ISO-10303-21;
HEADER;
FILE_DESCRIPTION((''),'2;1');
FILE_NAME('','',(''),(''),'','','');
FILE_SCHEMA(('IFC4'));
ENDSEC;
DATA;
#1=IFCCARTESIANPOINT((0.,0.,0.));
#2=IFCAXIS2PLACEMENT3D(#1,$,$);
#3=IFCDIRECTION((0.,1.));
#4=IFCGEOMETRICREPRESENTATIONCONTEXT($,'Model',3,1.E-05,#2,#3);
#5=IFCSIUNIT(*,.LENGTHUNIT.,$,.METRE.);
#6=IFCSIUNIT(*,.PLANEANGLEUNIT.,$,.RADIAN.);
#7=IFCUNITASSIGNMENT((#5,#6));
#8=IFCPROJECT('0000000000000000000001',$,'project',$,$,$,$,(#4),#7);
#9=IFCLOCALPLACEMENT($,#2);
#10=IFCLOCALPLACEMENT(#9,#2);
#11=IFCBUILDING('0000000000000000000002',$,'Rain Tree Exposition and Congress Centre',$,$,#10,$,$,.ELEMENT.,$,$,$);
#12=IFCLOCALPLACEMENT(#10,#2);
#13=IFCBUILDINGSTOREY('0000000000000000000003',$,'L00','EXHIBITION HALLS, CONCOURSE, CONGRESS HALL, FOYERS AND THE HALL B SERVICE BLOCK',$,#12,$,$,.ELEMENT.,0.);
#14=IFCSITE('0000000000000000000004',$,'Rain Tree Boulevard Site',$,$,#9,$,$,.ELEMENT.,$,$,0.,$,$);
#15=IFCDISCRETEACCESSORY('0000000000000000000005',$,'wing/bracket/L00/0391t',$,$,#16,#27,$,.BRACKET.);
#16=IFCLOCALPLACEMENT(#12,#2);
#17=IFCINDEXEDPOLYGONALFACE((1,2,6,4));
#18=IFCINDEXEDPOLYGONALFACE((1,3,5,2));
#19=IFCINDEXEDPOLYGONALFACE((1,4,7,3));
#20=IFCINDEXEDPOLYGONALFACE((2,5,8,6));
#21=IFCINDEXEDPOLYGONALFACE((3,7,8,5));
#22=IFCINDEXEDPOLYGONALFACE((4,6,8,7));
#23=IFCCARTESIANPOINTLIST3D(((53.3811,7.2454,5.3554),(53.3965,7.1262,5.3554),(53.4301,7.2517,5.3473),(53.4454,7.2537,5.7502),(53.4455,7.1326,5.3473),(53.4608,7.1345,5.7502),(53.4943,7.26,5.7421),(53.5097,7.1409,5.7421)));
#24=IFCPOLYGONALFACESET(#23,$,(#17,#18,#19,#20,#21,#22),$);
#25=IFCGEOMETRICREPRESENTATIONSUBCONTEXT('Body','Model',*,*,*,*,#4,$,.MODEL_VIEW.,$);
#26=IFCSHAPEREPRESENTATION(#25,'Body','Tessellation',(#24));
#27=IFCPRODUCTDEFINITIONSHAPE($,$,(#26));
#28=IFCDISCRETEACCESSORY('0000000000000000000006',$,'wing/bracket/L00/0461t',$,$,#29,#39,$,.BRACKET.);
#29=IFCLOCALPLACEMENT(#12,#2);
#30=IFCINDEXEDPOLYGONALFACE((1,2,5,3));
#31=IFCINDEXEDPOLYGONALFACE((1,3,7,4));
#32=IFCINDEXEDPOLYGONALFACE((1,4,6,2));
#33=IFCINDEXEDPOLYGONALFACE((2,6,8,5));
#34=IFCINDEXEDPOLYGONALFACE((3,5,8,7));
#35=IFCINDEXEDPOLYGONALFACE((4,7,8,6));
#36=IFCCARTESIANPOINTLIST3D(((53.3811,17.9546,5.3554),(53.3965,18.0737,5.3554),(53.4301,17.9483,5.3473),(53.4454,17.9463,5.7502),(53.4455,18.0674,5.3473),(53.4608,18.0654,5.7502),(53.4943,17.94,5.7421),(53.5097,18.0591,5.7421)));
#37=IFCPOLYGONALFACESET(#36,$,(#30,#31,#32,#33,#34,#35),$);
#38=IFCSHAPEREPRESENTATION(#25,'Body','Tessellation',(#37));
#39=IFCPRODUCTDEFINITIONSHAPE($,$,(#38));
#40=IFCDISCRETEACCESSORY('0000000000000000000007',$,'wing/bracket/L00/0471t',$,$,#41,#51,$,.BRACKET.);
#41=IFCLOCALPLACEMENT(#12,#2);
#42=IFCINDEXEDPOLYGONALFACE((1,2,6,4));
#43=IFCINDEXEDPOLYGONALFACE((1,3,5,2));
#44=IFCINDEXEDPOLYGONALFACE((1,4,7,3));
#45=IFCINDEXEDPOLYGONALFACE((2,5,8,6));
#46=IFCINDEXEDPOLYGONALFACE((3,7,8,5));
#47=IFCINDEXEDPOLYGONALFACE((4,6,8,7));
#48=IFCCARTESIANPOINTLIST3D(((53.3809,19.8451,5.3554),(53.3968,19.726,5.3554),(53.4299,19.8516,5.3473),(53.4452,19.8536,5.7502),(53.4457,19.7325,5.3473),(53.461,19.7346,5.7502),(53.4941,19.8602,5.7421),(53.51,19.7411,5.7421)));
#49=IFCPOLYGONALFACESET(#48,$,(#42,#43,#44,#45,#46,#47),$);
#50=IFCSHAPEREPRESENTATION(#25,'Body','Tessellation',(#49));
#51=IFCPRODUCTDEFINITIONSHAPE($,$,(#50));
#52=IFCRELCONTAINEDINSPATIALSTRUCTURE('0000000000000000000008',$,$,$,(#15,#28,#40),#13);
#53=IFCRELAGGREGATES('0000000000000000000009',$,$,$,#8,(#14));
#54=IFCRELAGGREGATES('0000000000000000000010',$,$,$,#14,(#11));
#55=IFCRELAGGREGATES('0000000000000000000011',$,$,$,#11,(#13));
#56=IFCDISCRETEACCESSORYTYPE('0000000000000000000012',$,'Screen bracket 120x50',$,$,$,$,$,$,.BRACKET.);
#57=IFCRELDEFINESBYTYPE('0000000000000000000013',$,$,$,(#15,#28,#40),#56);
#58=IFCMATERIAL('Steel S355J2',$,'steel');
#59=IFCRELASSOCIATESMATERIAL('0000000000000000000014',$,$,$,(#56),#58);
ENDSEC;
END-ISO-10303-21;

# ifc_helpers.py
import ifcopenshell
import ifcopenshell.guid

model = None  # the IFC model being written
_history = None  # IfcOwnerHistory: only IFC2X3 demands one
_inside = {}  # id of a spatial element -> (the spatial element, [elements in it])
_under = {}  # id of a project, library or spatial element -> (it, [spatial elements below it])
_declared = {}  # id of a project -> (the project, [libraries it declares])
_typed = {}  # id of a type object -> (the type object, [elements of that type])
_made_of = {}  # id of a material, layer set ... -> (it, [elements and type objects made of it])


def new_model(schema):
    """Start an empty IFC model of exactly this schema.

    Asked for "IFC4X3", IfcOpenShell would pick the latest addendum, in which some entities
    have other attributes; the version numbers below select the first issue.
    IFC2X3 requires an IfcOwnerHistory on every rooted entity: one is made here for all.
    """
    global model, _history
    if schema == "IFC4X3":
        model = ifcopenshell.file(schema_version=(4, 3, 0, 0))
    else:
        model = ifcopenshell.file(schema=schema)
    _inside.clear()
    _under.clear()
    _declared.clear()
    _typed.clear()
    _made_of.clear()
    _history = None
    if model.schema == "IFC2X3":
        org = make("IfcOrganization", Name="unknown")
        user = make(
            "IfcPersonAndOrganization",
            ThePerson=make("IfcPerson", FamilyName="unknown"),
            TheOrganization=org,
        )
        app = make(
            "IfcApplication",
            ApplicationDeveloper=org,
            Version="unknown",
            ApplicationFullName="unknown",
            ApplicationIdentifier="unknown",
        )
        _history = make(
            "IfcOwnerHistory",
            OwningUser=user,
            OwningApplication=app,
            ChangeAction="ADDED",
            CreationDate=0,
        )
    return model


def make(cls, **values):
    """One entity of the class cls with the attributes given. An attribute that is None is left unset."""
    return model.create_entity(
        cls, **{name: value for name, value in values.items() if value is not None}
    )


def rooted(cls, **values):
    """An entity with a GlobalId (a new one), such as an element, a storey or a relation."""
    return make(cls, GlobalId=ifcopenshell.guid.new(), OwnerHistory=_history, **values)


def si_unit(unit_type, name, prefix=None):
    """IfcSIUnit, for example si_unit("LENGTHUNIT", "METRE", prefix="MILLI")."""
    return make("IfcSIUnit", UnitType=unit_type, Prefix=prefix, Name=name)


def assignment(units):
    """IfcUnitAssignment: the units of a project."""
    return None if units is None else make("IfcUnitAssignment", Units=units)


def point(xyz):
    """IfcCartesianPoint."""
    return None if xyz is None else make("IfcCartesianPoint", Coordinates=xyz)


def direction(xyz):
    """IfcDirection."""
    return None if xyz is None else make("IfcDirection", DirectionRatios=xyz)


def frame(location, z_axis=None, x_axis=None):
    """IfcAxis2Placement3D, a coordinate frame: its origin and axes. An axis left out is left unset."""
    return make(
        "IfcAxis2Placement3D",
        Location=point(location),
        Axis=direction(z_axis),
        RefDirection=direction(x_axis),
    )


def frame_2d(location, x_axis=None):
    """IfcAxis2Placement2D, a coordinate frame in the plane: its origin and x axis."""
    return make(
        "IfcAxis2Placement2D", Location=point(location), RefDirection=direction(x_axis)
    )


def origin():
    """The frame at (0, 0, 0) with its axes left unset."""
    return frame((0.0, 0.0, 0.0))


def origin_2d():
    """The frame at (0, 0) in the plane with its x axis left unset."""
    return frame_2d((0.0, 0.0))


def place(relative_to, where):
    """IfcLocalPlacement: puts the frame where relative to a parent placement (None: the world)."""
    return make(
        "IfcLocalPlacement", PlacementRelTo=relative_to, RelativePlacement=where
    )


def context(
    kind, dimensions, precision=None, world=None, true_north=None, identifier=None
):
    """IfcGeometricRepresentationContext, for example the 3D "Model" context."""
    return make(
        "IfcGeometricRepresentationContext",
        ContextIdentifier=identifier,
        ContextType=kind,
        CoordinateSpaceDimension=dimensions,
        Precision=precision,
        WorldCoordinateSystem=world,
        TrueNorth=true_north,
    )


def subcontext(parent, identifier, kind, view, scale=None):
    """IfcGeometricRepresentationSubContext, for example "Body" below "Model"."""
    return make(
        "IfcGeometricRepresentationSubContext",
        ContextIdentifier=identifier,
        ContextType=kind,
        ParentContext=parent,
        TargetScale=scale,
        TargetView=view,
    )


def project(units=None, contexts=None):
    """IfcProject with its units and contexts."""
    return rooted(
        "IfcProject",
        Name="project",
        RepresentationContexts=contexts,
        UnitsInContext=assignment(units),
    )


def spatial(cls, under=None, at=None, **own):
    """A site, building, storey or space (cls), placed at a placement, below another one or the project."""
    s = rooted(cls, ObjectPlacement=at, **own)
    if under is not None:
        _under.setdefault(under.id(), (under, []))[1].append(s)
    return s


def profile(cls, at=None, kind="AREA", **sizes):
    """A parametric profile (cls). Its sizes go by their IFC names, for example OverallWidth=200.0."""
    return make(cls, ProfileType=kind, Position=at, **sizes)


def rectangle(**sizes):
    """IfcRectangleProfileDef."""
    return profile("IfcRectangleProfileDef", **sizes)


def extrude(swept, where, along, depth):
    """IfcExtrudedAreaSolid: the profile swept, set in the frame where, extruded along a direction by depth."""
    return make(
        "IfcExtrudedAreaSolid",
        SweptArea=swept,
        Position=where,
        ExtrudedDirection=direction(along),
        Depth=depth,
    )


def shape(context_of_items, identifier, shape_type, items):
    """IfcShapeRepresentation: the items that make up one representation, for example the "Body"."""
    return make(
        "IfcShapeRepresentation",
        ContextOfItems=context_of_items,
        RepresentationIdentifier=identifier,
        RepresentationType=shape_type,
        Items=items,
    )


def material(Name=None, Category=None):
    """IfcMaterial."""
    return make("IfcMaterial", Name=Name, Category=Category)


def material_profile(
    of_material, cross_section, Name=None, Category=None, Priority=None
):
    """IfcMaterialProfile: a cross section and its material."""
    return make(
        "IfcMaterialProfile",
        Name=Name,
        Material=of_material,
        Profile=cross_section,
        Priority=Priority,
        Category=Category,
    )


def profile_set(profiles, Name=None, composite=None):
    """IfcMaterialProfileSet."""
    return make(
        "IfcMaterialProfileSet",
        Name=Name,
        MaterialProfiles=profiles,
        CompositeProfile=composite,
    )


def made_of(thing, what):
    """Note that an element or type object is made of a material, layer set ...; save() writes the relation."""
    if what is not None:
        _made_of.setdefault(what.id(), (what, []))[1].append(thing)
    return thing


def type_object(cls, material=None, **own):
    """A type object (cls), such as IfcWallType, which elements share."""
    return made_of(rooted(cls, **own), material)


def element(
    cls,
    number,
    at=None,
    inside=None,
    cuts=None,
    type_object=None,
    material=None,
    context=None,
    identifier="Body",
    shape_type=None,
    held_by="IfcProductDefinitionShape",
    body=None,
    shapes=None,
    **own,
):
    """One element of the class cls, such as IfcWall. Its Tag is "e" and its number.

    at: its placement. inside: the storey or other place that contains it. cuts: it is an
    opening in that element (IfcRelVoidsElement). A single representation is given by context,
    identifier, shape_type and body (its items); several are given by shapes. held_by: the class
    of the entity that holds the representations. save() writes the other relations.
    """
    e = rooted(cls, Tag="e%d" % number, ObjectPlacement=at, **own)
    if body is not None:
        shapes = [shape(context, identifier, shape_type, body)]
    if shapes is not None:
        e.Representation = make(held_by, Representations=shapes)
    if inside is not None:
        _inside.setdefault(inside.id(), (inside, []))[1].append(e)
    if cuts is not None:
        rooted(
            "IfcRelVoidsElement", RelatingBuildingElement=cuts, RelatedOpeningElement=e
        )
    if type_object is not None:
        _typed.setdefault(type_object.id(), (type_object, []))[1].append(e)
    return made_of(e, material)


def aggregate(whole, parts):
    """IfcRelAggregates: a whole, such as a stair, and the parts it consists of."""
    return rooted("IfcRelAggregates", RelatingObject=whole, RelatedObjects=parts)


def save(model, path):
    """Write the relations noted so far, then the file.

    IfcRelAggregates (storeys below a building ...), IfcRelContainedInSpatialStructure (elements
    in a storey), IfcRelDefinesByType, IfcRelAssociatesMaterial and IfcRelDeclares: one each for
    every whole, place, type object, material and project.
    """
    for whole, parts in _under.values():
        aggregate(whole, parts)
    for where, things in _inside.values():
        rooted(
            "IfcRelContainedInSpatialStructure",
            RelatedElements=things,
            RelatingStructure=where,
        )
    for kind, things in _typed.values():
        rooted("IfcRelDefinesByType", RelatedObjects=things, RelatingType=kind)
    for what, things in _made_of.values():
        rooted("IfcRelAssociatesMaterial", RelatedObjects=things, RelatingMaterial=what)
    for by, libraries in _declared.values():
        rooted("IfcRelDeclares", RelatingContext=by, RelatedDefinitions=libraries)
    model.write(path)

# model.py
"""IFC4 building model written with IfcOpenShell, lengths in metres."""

from ifc_helpers import new_model, si_unit, direction, frame, origin, origin_2d, place, context, subcontext, project, spatial, rectangle, extrude, material, material_profile, profile_set, type_object, element, save


model = new_model("IFC4")

# Units and contexts
model_context = context("Model", 3, precision=1e-05, world=origin(), true_north=direction((0.0, 1.0)))
body_context = subcontext(model_context, "Body", "Model", "MODEL_VIEW")
ifc_project = project(units=[si_unit("LENGTHUNIT", "METRE"), si_unit("PLANEANGLEUNIT", "RADIAN")], contexts=[model_context])

# Site, building, storey
site_placement = place(None, origin())
site = spatial("IfcSite", under=ifc_project, at=site_placement, Name="Rain Tree Boulevard Site", CompositionType="ELEMENT", RefElevation=0.0)
building_placement = place(site_placement, origin())
building = spatial("IfcBuilding", under=site, at=building_placement, Name="Rain Tree Exposition and Congress Centre", CompositionType="ELEMENT")
storey_placement = place(building_placement, origin())
storey = spatial("IfcBuildingStorey", under=building, at=storey_placement, Name="L00", Description="EXHIBITION HALLS, CONCOURSE, CONGRESS HALL, FOYERS AND THE HALL B SERVICE BLOCK", CompositionType="ELEMENT", Elevation=0.0)

# Discrete accessories
ifc_material_1 = material(Name="Steel S355J2", Category="steel")
ifc_material_profile = material_profile(ifc_material_1, rectangle(XDim=0.1201, YDim=0.05, at=origin_2d()), Name="Flat bar 120x50")
ifc_profile_set = profile_set([ifc_material_profile], Name="Steel S355J2")
discrete_accessory_type = type_object("IfcDiscreteAccessoryType", Name="Screen bracket 120x50", PredefinedType="BRACKET", material=ifc_profile_set)
for number, where, z_axis, x_axis, name in (
    (1, (53.4133, 7.189, 5.3513), (0.160503, 0.020749, 0.986817), (-0.128211, 0.991747, 0.0), "wing/bracket/L00/0391t"),
    (2, (53.4133, 18.011, 5.3513), (0.160503, -0.020749, 0.986817), (0.128211, 0.991747, 0.0), "wing/bracket/L00/0461t"),
    (3, (53.4133, 19.7888, 5.3513), (0.160501, 0.021359, 0.986805), (-0.131917, 0.991261, 0.0), "wing/bracket/L00/0471t"),
):
    element("IfcDiscreteAccessory", number, at=place(storey_placement, frame(where, z_axis=z_axis, x_axis=x_axis)), inside=storey, type_object=discrete_accessory_type, Name=name, PredefinedType="BRACKET", context=body_context, shape_type="SweptSolid", body=[
        extrude(rectangle(XDim=0.1201, YDim=0.05, at=origin_2d()), origin(), (0.0, 0.0, 1.0), 0.4001),
    ])

save(model, "model.ifc")
